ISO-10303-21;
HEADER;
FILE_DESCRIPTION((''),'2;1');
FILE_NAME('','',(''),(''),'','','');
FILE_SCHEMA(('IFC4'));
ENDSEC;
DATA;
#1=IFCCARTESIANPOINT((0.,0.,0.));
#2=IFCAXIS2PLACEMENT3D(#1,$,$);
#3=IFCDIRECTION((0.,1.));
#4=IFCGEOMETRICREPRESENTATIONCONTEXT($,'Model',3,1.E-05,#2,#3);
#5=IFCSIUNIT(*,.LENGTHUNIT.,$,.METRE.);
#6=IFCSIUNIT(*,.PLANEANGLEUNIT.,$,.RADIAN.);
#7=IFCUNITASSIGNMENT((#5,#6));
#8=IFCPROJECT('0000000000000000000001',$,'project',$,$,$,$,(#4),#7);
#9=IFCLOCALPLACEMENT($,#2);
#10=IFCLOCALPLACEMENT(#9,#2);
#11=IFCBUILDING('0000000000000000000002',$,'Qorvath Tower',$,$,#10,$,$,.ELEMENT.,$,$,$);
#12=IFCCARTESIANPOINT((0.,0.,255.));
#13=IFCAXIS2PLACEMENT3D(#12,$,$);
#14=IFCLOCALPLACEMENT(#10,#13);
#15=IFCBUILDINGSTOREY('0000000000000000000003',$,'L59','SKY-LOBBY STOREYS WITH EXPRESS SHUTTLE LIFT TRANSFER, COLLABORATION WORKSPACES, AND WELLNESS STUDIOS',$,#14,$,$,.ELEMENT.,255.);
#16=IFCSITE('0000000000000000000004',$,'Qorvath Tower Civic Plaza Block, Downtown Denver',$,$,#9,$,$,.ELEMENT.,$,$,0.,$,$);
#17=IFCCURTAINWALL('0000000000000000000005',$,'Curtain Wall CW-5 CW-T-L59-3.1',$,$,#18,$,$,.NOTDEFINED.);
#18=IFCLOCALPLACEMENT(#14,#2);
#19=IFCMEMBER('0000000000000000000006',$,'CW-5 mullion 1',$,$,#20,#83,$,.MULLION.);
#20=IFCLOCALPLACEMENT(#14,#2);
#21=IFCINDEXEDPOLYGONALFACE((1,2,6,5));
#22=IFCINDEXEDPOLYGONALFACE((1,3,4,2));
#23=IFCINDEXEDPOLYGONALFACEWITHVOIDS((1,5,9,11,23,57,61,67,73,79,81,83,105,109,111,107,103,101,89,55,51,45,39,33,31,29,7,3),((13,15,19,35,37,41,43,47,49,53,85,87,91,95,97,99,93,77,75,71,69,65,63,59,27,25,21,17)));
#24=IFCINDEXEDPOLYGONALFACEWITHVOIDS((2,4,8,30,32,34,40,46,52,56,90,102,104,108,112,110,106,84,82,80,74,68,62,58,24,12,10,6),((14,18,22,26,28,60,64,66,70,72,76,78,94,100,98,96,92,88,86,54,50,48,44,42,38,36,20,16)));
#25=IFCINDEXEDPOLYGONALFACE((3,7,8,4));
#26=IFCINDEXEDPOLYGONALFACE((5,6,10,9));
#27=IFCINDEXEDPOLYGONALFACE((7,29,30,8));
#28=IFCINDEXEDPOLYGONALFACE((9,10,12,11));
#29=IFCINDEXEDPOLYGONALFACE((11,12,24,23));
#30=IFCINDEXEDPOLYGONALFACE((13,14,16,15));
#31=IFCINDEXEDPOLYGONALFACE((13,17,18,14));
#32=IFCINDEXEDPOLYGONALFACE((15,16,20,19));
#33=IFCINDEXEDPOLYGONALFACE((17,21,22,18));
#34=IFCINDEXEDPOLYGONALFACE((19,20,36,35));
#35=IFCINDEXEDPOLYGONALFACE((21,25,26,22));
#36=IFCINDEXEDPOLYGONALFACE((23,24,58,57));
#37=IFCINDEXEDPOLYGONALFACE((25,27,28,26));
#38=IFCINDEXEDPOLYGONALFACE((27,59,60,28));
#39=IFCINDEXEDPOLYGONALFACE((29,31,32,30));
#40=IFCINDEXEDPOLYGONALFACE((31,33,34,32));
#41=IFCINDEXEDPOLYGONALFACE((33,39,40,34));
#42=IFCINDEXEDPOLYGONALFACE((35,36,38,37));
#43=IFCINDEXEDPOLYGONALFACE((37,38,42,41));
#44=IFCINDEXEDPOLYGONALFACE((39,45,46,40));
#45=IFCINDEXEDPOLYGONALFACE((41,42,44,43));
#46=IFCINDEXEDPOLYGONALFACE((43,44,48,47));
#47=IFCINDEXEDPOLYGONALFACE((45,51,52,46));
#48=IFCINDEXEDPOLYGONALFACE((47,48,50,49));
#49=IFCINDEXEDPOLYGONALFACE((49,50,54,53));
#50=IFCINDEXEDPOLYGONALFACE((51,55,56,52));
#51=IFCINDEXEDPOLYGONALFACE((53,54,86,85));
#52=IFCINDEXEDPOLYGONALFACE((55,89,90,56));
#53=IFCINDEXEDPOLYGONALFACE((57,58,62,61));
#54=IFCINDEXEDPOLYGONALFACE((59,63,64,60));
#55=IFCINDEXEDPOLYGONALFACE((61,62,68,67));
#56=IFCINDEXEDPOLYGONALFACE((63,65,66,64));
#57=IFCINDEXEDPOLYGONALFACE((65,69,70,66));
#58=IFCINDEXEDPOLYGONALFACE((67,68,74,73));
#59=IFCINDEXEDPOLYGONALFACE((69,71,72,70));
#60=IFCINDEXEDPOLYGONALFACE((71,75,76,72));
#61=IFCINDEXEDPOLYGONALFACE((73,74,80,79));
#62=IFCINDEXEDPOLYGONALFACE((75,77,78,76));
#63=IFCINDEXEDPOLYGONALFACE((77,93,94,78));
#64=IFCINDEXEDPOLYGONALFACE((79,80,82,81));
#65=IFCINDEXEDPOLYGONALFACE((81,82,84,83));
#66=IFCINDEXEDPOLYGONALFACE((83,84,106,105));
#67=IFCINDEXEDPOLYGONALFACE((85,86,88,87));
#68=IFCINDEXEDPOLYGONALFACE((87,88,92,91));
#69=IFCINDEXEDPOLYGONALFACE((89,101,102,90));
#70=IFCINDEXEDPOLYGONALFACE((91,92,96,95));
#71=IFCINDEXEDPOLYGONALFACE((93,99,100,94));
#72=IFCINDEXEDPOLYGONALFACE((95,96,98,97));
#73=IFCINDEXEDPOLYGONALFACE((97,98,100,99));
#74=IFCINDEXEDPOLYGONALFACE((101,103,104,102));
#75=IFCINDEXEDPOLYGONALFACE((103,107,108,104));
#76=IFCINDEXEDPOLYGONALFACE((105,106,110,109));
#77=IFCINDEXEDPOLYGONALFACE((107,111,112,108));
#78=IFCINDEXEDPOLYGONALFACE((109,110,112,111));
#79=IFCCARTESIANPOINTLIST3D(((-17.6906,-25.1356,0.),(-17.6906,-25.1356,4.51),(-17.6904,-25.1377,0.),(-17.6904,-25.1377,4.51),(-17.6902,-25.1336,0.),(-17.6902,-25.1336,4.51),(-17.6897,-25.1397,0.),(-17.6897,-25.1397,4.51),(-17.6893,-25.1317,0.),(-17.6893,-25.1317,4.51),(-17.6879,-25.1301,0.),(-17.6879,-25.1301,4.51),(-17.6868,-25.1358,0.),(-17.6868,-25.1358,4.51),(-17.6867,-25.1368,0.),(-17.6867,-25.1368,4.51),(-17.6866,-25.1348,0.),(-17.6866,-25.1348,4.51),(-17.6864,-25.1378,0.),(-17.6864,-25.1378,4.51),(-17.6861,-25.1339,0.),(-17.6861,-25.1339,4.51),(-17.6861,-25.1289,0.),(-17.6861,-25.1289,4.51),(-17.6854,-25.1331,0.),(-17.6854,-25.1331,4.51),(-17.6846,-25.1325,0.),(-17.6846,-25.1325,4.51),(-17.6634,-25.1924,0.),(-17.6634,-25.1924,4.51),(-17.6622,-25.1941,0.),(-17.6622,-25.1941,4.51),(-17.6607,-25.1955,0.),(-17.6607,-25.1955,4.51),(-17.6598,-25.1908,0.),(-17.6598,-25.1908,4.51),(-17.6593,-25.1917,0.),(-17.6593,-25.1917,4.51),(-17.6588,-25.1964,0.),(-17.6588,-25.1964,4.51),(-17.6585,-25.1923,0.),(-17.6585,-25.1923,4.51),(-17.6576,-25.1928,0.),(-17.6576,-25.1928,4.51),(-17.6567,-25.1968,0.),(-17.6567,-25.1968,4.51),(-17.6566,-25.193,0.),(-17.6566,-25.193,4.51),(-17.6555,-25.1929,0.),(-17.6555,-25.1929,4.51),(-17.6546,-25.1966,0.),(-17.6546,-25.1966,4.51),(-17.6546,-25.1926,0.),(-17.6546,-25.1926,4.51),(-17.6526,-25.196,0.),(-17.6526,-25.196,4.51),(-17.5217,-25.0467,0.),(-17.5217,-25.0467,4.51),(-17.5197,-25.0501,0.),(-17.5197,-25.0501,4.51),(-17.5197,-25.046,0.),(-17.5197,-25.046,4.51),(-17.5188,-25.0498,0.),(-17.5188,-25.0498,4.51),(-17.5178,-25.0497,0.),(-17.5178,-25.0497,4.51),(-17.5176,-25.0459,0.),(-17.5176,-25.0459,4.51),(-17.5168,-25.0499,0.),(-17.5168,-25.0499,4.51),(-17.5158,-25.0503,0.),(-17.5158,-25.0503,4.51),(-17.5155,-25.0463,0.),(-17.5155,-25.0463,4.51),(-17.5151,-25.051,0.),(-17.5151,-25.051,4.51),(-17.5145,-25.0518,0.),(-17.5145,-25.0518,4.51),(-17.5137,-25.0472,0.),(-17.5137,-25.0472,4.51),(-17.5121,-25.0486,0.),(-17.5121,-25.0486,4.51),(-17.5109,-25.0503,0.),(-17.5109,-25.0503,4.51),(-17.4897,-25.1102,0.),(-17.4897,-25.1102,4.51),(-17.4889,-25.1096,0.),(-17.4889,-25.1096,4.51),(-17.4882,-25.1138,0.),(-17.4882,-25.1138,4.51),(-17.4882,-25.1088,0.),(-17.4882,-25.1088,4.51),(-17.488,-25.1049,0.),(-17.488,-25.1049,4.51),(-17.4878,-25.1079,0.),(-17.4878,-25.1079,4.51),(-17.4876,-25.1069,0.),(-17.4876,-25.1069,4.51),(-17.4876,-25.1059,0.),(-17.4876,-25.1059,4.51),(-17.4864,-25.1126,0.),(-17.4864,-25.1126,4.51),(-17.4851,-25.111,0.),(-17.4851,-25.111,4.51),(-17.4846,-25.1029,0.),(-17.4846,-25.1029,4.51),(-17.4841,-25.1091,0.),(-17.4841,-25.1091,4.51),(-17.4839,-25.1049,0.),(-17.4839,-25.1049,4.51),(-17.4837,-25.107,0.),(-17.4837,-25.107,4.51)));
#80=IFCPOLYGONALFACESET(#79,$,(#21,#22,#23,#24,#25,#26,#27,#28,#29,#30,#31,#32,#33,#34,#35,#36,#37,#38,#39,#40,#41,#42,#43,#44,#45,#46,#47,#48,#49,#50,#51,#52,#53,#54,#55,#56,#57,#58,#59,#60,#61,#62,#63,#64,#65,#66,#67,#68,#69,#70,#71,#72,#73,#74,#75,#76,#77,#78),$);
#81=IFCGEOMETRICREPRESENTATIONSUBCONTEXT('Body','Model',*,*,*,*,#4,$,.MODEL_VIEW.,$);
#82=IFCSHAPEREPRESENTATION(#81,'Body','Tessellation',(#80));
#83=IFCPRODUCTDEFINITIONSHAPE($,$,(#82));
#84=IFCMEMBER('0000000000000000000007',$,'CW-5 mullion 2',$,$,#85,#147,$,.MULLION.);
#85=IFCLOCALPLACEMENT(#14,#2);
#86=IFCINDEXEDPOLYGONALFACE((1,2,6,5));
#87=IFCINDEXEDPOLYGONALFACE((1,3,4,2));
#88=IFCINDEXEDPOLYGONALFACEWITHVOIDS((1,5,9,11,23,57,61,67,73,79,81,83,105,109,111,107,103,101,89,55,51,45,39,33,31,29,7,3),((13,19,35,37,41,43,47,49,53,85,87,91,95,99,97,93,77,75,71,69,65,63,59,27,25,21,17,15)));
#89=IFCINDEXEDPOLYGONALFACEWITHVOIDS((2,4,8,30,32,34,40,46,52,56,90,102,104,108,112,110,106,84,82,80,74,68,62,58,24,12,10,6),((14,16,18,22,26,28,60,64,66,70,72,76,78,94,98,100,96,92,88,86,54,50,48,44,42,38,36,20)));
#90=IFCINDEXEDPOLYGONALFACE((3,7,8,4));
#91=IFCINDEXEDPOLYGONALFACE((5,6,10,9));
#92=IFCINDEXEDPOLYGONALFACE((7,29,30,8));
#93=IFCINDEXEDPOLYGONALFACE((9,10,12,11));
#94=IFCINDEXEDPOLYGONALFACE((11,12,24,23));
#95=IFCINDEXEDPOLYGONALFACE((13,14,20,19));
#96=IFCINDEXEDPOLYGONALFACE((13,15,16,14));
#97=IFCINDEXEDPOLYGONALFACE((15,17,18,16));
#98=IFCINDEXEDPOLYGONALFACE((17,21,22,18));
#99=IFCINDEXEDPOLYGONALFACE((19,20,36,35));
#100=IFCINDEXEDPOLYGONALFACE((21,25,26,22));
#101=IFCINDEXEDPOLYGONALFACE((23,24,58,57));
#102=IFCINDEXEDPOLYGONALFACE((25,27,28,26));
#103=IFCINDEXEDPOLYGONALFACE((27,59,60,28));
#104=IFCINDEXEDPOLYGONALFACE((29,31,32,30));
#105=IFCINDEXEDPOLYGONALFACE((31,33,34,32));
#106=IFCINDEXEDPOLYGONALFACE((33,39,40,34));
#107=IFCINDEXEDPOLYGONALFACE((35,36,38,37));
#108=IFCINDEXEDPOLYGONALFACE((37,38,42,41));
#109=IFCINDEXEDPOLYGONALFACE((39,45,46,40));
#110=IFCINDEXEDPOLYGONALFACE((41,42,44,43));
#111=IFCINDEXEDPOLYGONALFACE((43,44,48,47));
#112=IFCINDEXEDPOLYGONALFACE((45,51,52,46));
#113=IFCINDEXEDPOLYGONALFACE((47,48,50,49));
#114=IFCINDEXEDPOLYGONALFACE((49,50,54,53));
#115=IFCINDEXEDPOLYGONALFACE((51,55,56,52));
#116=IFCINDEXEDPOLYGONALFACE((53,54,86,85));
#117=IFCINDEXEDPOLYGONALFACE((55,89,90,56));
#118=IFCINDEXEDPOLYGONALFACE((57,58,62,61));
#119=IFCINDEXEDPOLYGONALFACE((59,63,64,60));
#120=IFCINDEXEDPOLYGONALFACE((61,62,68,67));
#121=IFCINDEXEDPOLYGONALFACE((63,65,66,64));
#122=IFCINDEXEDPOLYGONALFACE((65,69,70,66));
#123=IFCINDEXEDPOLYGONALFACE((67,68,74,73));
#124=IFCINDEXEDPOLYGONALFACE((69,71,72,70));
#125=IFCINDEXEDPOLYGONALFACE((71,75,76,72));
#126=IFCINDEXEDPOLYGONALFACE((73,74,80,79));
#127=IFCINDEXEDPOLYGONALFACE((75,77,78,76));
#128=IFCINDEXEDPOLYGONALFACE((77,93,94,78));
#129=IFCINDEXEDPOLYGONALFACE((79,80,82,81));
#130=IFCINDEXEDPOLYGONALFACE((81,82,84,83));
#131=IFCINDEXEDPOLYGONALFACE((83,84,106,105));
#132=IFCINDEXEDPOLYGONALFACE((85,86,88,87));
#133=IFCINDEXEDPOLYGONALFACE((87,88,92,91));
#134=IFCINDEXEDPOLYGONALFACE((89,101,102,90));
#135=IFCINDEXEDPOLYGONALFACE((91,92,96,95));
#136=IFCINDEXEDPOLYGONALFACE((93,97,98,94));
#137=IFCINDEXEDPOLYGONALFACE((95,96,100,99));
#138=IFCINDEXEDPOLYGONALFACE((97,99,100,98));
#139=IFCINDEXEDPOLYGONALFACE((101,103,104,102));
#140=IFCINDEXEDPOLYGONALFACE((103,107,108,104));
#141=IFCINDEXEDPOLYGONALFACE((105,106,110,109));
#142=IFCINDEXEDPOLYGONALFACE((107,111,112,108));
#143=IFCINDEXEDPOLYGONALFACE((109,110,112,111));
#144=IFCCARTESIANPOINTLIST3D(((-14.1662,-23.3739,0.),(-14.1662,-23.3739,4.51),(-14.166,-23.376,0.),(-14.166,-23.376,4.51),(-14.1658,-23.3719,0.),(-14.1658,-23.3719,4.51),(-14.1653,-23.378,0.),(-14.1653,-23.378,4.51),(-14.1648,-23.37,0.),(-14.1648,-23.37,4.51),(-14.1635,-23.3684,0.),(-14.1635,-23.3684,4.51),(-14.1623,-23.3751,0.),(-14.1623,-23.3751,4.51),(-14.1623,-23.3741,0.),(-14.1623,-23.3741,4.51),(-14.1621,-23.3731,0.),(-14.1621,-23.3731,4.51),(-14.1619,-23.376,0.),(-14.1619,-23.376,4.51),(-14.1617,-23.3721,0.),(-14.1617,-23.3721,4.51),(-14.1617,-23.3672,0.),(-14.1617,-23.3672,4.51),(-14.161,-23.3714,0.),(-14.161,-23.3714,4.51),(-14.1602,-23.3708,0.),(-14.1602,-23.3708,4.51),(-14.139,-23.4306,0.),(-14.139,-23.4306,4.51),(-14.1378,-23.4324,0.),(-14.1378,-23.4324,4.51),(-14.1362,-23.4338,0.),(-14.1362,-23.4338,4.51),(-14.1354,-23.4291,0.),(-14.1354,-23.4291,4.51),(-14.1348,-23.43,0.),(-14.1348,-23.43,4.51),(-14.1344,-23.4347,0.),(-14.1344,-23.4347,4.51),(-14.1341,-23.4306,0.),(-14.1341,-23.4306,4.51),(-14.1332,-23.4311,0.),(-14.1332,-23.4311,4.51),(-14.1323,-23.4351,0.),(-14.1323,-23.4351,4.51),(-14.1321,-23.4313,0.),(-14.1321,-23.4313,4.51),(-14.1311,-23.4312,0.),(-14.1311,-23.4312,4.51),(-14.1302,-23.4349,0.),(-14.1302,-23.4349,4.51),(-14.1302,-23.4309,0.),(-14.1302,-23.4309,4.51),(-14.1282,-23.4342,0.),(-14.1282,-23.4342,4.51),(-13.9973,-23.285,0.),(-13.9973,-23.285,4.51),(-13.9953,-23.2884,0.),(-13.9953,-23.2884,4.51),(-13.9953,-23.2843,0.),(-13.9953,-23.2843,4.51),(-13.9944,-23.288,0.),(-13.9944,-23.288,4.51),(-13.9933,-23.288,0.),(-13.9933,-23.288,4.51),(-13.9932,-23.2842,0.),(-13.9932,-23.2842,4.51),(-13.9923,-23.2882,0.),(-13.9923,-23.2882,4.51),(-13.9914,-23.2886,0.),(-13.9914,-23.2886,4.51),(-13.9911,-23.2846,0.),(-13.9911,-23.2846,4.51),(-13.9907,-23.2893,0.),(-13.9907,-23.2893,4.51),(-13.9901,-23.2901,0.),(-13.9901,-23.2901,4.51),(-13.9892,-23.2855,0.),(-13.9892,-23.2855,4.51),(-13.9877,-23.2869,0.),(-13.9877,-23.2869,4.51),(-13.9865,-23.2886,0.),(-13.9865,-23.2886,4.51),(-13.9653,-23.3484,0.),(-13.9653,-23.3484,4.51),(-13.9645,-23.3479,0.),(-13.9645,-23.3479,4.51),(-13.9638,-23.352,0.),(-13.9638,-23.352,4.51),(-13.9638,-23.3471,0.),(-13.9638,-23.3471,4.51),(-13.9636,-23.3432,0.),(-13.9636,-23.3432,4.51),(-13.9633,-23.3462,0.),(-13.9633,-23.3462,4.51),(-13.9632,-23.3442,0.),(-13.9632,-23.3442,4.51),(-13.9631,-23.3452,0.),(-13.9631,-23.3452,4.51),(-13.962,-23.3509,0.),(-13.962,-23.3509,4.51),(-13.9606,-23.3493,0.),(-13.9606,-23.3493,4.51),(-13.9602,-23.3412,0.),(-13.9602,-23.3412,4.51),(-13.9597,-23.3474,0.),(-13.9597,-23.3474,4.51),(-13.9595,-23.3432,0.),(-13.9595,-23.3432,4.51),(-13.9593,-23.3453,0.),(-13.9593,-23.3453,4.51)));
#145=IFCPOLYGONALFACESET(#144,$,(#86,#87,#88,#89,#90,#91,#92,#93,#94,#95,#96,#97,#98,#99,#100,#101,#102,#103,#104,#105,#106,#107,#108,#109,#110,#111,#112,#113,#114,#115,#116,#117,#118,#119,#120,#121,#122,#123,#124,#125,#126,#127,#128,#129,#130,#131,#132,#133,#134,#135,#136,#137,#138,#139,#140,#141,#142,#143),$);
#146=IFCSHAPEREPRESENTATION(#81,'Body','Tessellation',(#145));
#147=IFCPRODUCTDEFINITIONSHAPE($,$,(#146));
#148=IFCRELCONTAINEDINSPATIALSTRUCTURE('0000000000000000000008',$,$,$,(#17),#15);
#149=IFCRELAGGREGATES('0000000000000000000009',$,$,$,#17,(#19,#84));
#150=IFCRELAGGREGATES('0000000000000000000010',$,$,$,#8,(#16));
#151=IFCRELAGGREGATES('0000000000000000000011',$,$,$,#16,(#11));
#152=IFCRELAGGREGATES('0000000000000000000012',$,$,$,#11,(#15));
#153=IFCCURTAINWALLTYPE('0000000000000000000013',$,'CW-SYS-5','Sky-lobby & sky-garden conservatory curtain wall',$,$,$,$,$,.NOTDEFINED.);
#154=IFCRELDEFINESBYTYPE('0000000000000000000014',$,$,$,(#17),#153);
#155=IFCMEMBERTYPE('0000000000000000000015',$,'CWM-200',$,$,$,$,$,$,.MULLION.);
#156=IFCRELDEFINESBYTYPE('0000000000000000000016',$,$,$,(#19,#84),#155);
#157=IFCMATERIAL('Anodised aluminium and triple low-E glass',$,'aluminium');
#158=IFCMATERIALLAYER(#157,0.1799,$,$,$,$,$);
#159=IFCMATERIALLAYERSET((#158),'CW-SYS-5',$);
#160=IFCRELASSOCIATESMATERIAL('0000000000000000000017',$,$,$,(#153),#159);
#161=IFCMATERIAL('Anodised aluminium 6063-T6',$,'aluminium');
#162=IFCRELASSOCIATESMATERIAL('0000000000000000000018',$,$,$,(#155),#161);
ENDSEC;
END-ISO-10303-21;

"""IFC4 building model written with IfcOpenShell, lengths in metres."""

from ifc_helpers import new_model, si_unit, direction, frame, origin, origin_2d, place, context, subcontext, project, spatial, hollow_rectangle, extrude, material, layer, layer_set, material_profile, profile_set, type_object, element, aggregate, save


model = new_model("IFC4")

# Units and contexts
model_context = context("Model", 3, precision=1e-05, world=origin(), true_north=direction((0.0, 1.0)))
body_context = subcontext(model_context, "Body", "Model", "MODEL_VIEW")
ifc_project = project(units=[si_unit("LENGTHUNIT", "METRE"), si_unit("PLANEANGLEUNIT", "RADIAN")], contexts=[model_context])

# Site, building, storey
site_placement = place(None, origin())
site = spatial("IfcSite", under=ifc_project, at=site_placement, Name="Qorvath Tower Civic Plaza Block, Downtown Denver", CompositionType="ELEMENT", RefElevation=0.0)
building_placement = place(site_placement, origin())
building = spatial("IfcBuilding", under=site, at=building_placement, Name="Qorvath Tower", CompositionType="ELEMENT")
storey_placement = place(building_placement, frame((0.0, 0.0, 255.0)))
storey = spatial("IfcBuildingStorey", under=building, at=storey_placement, Name="L59", Description="SKY-LOBBY STOREYS WITH EXPRESS SHUTTLE LIFT TRANSFER, COLLABORATION WORKSPACES, AND WELLNESS STUDIOS", CompositionType="ELEMENT", Elevation=255.0)

# Shared definitions
ifc_material_1 = material(Name="Anodised aluminium and triple low-E glass", Category="aluminium")
ifc_layer_1 = layer(ifc_material_1, 0.1799)
ifc_layer_set_1 = layer_set([ifc_layer_1], Name="CW-SYS-5")
curtain_wall_type = type_object("IfcCurtainWallType", Name="CW-SYS-5", Description="Sky-lobby & sky-garden conservatory curtain wall", PredefinedType="NOTDEFINED", material=ifc_layer_set_1)
ifc_material_2 = material(Name="Anodised aluminium 6063-T6", Category="aluminium")
ifc_material_profile_1 = material_profile(ifc_material_2, hollow_rectangle(XDim=0.075, YDim=0.2, WallThickness=0.0039, InnerFilletRadius=0.0039, OuterFilletRadius=0.0081, at=origin_2d()), Name="CWM 200x75")
ifc_profile_set_1 = profile_set([ifc_material_profile_1], Name="Anodised aluminium 6063-T6")
member_type_1 = type_object("IfcMemberType", Name="CWM-200", PredefinedType="MULLION", material=ifc_profile_set_1)

# Curtain wall, members
curtain_wall_1_placement = place(storey_placement, origin())
curtain_wall_1 = element("IfcCurtainWall", 1, at=curtain_wall_1_placement, inside=storey, type_object=curtain_wall_type, Name="Curtain Wall CW-5 CW-T-L59-3.1", PredefinedType="NOTDEFINED")
member_1_placement = place(storey_placement, frame((-17.5872, -25.1213, 0.0), z_axis=(0.0, 0.0, 1.0), x_axis=(-0.447164, 0.894452, 0.0)))
member_1 = element("IfcMember", 2, at=member_1_placement, type_object=member_type_1, Name="CW-5 mullion 1", PredefinedType="MULLION", context=body_context, shape_type="SweptSolid", body=[
    extrude(hollow_rectangle(XDim=0.075, YDim=0.2, WallThickness=0.0039, InnerFilletRadius=0.0039, OuterFilletRadius=0.0081, at=origin_2d()), origin(), (0.0, 0.0, 1.0), 4.51),
])
member_2_placement = place(storey_placement, frame((-14.0627, -23.3596, 0.0), z_axis=(0.0, 0.0, 1.0), x_axis=(-0.447164, 0.894452, 0.0)))
member_2 = element("IfcMember", 3, at=member_2_placement, type_object=member_type_1, Name="CW-5 mullion 2", PredefinedType="MULLION", context=body_context, shape_type="SweptSolid", body=[
    extrude(hollow_rectangle(XDim=0.075, YDim=0.2, WallThickness=0.0039, InnerFilletRadius=0.0039, OuterFilletRadius=0.0081, at=origin_2d()), origin(), (0.0, 0.0, 1.0), 4.51),
])

aggregate(curtain_wall_1, [member_1, member_2])

save(model, "model.ifc")
